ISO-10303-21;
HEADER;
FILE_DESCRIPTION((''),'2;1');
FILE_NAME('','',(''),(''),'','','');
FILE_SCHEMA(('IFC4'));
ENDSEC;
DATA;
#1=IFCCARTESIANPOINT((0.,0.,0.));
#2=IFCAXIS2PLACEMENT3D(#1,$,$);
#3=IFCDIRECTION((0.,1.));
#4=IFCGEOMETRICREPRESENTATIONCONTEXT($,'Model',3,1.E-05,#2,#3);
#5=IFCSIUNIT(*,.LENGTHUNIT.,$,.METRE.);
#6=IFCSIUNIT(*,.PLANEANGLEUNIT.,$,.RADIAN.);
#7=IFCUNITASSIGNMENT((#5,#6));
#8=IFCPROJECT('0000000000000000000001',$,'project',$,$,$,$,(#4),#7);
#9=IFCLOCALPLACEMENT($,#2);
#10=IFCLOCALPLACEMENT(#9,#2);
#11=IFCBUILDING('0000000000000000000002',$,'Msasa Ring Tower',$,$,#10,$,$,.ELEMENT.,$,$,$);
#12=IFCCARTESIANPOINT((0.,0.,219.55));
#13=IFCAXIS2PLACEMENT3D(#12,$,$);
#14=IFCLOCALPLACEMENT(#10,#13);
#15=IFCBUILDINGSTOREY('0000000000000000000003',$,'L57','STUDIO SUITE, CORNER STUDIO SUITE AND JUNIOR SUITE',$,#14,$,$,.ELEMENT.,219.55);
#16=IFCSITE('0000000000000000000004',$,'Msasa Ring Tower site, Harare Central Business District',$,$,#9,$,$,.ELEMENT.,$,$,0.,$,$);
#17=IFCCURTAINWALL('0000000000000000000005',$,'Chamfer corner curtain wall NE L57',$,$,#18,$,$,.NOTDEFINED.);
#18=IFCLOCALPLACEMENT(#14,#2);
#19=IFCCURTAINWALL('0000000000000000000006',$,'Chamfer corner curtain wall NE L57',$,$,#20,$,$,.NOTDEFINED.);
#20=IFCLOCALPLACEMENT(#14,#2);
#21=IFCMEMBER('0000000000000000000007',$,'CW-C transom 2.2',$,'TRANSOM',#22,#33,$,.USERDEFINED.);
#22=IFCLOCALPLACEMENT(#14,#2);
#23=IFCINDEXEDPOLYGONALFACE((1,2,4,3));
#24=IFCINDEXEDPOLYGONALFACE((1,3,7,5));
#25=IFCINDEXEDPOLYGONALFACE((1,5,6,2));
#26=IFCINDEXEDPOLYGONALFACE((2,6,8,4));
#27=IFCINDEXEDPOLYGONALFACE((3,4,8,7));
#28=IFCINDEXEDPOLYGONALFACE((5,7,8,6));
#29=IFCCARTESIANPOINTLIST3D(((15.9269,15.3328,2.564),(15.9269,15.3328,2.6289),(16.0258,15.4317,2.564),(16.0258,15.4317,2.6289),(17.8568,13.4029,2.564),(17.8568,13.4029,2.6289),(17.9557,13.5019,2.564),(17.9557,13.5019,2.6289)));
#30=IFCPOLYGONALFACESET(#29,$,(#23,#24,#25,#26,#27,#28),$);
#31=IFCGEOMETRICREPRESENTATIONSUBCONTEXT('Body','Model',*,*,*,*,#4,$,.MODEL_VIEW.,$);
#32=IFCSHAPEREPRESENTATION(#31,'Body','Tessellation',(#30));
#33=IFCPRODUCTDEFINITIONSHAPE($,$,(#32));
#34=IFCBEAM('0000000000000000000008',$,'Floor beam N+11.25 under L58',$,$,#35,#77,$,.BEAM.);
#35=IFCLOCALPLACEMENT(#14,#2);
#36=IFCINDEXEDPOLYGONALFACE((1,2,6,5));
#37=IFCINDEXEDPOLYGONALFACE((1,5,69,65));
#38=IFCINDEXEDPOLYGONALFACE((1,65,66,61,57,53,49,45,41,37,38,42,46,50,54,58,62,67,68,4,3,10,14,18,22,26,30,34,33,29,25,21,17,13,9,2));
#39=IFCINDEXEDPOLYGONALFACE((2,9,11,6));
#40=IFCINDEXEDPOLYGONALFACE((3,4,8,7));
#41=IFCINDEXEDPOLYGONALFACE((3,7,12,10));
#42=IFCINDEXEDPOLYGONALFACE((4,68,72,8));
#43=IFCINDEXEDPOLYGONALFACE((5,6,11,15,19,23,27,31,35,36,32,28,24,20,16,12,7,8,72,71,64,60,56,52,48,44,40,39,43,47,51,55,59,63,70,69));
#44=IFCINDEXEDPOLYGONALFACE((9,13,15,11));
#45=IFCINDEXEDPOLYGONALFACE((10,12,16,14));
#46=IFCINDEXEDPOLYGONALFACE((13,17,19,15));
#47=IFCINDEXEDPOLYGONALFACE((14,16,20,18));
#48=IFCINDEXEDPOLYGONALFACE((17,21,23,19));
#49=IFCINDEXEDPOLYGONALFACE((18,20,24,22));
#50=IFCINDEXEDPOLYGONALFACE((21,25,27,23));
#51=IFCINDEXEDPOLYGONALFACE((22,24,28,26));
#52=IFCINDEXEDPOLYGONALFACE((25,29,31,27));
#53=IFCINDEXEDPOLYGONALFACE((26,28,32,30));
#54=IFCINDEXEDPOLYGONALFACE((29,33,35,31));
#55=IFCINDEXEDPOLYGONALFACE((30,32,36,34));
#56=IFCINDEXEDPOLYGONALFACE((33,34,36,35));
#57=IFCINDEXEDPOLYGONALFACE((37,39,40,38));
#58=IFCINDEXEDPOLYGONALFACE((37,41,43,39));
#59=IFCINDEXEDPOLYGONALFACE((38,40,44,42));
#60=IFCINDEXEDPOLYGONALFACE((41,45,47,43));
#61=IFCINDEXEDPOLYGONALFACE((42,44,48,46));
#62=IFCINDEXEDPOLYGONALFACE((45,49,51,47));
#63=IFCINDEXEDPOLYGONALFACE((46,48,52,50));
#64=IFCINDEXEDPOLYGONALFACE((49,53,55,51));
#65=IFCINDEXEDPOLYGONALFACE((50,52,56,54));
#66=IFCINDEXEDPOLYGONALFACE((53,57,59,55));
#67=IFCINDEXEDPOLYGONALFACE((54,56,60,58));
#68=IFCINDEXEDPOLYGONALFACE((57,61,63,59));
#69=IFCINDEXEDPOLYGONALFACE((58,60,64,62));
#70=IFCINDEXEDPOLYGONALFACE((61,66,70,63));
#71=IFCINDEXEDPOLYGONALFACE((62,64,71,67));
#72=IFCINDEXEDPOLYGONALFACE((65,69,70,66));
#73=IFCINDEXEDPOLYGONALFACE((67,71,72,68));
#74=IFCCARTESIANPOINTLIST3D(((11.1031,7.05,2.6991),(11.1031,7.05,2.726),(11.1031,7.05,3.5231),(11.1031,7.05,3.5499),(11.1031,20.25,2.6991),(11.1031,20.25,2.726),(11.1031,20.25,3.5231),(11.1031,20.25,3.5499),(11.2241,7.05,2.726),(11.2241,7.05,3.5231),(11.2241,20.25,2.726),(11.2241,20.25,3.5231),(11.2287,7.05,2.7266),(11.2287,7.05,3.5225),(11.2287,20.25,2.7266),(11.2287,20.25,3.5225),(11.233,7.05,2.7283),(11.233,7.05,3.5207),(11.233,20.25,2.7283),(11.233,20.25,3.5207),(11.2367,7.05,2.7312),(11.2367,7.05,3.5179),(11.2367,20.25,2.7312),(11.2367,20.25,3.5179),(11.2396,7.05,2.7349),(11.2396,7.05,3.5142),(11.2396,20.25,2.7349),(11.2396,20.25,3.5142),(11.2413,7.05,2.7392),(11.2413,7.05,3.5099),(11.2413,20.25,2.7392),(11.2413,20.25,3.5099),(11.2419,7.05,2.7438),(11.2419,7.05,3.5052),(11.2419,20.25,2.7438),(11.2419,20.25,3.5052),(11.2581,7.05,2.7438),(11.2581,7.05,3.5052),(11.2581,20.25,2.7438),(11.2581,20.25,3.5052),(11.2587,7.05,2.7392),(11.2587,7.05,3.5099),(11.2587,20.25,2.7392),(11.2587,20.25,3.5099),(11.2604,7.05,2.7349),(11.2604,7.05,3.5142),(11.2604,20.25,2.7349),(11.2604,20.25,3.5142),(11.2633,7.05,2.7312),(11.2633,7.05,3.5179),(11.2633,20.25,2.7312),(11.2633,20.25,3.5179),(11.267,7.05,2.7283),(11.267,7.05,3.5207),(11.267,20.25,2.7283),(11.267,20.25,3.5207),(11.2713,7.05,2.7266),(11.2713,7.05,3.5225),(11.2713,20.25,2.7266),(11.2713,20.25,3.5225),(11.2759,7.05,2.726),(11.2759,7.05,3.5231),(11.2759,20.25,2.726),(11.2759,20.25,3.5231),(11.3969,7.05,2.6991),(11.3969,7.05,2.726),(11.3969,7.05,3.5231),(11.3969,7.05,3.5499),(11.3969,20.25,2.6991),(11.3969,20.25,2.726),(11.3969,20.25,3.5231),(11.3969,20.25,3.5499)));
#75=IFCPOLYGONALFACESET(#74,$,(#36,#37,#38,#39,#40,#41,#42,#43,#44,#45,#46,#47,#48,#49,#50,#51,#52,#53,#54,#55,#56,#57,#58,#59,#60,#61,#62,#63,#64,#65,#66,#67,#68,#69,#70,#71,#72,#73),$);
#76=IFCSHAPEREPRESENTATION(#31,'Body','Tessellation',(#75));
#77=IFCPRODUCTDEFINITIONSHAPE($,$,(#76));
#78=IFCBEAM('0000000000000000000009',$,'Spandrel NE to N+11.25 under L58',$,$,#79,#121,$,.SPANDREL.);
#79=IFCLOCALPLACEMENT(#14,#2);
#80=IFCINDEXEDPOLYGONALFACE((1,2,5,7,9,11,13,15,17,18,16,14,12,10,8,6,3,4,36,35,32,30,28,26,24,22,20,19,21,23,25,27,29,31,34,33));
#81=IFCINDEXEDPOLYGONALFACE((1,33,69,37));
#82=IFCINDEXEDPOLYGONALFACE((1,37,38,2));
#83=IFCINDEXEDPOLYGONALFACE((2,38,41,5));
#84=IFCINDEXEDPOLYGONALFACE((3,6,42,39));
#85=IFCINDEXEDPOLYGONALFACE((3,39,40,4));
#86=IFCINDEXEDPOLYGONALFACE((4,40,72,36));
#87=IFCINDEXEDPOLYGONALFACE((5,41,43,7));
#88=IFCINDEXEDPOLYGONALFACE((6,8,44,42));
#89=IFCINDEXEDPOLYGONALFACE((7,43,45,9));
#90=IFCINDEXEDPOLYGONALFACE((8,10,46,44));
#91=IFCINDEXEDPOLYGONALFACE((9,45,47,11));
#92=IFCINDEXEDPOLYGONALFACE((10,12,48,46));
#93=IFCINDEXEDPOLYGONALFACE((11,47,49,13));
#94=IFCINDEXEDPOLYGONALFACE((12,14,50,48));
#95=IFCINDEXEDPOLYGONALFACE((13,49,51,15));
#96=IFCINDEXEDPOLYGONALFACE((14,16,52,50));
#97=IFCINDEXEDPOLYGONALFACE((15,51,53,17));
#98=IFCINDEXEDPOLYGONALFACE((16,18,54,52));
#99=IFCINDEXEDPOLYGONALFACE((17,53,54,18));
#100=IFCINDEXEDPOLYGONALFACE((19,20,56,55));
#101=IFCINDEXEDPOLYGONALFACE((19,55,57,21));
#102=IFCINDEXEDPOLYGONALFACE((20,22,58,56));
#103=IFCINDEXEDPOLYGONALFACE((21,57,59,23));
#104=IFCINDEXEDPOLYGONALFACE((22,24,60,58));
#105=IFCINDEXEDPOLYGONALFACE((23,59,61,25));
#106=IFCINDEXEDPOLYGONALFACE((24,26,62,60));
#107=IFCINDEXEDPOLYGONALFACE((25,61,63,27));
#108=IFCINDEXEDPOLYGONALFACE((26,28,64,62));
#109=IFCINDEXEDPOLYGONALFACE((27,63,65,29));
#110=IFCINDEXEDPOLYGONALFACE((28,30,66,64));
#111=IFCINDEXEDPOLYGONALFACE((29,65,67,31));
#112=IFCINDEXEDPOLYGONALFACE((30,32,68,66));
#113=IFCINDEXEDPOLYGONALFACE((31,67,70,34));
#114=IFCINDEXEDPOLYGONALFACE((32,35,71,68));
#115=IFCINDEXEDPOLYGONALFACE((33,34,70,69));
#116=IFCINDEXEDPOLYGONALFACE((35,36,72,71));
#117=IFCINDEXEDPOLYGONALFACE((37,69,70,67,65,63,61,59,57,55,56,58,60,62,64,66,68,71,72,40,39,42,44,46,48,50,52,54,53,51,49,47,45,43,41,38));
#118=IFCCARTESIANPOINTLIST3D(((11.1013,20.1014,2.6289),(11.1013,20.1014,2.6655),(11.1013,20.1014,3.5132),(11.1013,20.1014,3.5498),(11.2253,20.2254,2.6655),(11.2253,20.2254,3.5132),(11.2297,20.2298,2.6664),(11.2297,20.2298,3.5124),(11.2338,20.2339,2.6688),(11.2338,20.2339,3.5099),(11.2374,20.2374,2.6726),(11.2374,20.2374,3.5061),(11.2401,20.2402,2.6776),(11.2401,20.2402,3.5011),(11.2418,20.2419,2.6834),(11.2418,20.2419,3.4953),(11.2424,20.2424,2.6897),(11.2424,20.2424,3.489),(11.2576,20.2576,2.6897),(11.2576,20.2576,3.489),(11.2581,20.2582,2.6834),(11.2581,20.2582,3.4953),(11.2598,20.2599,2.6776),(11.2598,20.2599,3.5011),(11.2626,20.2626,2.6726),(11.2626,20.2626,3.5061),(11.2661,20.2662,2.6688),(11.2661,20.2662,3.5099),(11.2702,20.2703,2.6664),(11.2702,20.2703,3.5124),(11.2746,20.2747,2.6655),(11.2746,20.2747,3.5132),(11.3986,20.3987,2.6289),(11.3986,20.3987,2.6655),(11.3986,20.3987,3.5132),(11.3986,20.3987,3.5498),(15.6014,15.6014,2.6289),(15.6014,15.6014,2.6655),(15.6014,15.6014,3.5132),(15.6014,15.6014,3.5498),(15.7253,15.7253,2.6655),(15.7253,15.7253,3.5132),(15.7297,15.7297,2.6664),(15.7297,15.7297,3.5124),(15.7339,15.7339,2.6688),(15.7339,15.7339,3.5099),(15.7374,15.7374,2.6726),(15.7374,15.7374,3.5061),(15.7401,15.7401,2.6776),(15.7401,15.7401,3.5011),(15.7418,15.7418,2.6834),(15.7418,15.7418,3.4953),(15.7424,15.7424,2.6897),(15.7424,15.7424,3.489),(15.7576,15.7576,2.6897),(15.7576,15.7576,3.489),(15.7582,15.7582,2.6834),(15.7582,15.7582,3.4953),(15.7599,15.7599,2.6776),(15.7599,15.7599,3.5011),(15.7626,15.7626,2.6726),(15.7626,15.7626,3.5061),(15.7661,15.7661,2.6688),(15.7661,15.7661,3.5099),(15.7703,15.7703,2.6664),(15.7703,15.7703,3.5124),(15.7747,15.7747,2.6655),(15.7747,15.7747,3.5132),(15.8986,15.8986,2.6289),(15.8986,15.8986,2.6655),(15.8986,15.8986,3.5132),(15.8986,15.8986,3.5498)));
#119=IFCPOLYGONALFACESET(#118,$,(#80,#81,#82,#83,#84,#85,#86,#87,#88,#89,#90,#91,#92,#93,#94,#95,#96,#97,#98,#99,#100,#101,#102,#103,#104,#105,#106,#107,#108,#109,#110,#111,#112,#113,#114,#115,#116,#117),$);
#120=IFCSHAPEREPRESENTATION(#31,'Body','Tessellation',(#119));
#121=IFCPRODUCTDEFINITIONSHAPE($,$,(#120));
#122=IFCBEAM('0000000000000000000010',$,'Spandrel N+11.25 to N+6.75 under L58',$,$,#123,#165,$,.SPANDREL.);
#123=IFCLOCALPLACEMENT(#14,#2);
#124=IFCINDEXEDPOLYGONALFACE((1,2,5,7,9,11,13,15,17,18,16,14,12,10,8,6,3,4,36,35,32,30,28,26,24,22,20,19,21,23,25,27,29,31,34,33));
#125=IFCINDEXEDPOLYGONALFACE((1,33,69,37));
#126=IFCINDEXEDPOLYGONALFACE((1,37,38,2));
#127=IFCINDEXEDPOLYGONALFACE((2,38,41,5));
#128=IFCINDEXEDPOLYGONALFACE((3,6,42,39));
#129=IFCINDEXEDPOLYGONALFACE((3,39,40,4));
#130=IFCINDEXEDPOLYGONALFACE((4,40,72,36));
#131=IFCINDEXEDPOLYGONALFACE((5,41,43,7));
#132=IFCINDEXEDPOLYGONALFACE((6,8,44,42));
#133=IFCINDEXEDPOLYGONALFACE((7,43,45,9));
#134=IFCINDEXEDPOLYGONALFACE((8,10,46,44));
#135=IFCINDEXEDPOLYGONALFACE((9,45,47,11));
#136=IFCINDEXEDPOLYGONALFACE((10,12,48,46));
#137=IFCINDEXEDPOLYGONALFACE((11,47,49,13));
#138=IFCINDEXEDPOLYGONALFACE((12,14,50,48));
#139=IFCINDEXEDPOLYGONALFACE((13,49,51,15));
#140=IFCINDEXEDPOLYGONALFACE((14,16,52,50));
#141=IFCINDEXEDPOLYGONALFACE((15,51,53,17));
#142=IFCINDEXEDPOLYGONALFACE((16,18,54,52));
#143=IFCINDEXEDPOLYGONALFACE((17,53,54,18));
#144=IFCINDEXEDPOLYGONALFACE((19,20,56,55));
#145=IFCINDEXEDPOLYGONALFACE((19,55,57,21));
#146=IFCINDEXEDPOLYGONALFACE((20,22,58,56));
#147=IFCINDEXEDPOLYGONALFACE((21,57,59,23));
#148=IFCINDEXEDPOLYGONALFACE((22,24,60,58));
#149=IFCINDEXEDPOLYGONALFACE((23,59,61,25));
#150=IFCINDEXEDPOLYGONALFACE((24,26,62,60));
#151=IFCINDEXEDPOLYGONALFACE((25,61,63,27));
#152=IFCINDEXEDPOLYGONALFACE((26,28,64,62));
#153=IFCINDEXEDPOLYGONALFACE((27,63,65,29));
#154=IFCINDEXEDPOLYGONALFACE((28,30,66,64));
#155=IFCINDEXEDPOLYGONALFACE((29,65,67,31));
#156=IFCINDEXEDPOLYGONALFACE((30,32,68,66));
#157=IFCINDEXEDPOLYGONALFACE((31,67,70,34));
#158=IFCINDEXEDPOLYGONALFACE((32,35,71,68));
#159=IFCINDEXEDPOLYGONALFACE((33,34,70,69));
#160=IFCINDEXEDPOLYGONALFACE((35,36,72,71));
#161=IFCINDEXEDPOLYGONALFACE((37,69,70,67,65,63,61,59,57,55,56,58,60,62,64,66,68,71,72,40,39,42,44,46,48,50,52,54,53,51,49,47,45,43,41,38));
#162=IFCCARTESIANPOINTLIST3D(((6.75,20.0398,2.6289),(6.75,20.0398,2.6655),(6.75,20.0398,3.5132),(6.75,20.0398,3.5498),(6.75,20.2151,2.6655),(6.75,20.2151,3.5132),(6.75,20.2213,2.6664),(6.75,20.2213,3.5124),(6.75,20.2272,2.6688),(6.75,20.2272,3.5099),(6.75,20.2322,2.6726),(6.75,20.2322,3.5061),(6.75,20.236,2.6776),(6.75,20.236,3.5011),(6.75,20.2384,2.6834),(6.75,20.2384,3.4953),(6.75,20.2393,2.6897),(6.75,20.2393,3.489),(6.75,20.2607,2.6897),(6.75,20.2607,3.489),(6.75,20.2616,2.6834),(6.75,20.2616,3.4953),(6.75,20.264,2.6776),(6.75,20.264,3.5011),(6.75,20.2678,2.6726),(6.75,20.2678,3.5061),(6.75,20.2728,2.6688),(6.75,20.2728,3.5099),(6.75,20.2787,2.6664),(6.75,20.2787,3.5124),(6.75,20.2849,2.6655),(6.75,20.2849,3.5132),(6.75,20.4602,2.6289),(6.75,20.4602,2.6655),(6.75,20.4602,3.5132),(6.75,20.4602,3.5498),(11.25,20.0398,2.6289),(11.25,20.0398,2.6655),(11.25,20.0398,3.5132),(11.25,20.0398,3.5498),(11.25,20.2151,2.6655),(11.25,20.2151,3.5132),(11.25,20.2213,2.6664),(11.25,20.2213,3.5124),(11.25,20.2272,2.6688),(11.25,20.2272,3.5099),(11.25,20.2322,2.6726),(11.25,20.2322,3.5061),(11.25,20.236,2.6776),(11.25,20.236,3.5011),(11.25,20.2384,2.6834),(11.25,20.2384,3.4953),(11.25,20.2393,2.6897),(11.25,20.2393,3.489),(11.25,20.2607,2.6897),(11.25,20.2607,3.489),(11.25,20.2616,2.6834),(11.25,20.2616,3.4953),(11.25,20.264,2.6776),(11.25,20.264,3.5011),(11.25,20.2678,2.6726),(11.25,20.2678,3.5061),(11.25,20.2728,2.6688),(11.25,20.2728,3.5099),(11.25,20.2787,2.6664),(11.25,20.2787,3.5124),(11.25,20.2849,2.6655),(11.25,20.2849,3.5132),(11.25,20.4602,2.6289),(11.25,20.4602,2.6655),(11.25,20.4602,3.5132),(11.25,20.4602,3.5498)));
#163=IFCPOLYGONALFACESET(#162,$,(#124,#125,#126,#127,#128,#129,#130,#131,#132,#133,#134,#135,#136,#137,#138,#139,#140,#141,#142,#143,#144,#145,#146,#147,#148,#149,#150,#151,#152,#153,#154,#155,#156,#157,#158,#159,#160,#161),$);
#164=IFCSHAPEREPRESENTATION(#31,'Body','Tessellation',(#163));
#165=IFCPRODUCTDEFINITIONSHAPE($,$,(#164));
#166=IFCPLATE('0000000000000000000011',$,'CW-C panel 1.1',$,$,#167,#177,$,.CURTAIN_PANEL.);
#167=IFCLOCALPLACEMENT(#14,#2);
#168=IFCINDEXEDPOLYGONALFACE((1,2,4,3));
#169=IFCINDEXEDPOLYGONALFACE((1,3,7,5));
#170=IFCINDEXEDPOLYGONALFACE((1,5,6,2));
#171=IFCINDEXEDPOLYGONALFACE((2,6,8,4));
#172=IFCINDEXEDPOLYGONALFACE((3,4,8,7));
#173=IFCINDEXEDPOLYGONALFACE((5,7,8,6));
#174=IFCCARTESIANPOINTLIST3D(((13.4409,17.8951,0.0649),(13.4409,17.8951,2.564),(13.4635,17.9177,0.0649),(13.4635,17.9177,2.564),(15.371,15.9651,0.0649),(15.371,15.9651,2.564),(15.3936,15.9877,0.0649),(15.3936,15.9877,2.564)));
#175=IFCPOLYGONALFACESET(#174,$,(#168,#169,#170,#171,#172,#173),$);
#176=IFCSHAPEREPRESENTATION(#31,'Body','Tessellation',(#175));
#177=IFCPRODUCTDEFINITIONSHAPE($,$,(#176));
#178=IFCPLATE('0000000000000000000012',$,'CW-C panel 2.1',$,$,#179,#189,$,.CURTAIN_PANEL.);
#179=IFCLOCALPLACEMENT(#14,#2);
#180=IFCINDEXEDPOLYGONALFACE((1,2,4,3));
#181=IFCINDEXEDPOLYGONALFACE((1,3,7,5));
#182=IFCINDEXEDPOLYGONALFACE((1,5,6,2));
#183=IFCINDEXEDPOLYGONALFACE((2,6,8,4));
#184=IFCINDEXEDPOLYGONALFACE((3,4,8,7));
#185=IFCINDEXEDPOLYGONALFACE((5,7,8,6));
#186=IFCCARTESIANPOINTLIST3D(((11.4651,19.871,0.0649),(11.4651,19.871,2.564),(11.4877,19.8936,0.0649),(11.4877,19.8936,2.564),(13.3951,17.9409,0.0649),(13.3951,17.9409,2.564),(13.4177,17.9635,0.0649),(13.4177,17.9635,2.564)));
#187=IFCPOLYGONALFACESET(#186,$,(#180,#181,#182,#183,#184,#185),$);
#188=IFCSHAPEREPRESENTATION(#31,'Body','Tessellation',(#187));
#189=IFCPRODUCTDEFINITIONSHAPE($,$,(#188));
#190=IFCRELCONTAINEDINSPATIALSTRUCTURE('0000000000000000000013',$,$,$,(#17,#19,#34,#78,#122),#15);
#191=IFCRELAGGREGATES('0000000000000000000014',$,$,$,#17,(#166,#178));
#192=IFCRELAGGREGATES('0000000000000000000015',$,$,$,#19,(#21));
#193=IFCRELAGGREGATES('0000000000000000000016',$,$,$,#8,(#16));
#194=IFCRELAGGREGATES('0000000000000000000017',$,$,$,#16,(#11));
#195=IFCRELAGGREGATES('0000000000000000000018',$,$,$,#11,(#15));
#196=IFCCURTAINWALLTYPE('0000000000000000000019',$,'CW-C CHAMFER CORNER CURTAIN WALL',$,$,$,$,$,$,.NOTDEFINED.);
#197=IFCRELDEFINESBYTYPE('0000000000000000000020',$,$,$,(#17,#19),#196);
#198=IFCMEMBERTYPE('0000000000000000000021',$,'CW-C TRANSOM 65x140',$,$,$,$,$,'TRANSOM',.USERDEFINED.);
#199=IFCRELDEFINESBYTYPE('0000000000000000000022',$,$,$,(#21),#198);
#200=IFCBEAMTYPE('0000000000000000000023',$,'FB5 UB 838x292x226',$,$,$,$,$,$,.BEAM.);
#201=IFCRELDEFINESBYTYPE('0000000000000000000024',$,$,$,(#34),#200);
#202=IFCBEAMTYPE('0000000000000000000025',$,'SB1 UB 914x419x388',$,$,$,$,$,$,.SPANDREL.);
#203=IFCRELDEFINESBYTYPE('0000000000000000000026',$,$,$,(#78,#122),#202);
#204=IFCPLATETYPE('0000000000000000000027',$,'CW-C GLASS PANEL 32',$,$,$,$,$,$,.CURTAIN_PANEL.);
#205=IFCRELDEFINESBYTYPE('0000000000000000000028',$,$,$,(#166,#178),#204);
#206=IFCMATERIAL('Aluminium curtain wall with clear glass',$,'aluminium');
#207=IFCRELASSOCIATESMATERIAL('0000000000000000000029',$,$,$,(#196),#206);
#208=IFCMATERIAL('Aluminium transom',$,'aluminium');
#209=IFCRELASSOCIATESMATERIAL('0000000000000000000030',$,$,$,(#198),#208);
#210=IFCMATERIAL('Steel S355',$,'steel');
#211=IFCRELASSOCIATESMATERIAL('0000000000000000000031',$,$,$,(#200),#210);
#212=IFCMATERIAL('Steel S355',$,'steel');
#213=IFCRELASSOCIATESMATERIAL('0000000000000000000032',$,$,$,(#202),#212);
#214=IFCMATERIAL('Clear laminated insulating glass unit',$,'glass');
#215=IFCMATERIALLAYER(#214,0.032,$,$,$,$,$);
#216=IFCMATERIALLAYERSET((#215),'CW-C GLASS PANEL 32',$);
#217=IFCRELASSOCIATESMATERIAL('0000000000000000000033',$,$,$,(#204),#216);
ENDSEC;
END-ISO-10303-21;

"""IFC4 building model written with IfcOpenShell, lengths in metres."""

from ifc_helpers import new_model, si_unit, direction, frame, origin, origin_2d, place, context, subcontext, project, spatial, rectangle, i_section, extrude, material, layer, layer_set, material_profile, profile_set, type_object, element, aggregate, save


model = new_model("IFC4")

# Units and contexts
model_context = context("Model", 3, precision=1e-05, world=origin(), true_north=direction((0.0, 1.0)))
body_context = subcontext(model_context, "Body", "Model", "MODEL_VIEW")
ifc_project = project(units=[si_unit("LENGTHUNIT", "METRE"), si_unit("PLANEANGLEUNIT", "RADIAN")], contexts=[model_context])

# Site, building, storey
site_placement = place(None, origin())
site = spatial("IfcSite", under=ifc_project, at=site_placement, Name="Msasa Ring Tower site, Harare Central Business District", CompositionType="ELEMENT", RefElevation=0.0)
building_placement = place(site_placement, origin())
building = spatial("IfcBuilding", under=site, at=building_placement, Name="Msasa Ring Tower", CompositionType="ELEMENT")
storey_placement = place(building_placement, frame((0.0, 0.0, 219.55)))
storey = spatial("IfcBuildingStorey", under=building, at=storey_placement, Name="L57", Description="STUDIO SUITE, CORNER STUDIO SUITE AND JUNIOR SUITE", CompositionType="ELEMENT", Elevation=219.55)

# Curtain walls
ifc_material_1 = material(Name="Aluminium curtain wall with clear glass", Category="aluminium")
curtain_wall_type = type_object("IfcCurtainWallType", Name="CW-C CHAMFER CORNER CURTAIN WALL", PredefinedType="NOTDEFINED", material=ifc_material_1)
curtain_wall_1_placement = place(storey_placement, origin())
curtain_wall_1 = element("IfcCurtainWall", 1, at=curtain_wall_1_placement, inside=storey, type_object=curtain_wall_type, Name="Chamfer corner curtain wall NE L57", PredefinedType="NOTDEFINED")
curtain_wall_2_placement = place(storey_placement, origin())
curtain_wall_2 = element("IfcCurtainWall", 2, at=curtain_wall_2_placement, inside=storey, type_object=curtain_wall_type, Name="Chamfer corner curtain wall NE L57", PredefinedType="NOTDEFINED")

# Member
ifc_material_2 = material(Name="Aluminium transom", Category="aluminium")
ifc_material_profile_1 = material_profile(ifc_material_2, rectangle(XDim=0.1399, YDim=0.0649, at=origin_2d()), Name="AL 65x140")
ifc_profile_set_1 = profile_set([ifc_material_profile_1], Name="Aluminium transom")
member_type_1 = type_object("IfcMemberType", Name="CW-C TRANSOM 65x140", ElementType="TRANSOM", PredefinedType="USERDEFINED", material=ifc_profile_set_1)
member_1_placement = place(storey_placement, frame((17.9062, 13.4524, 2.5964), z_axis=(-0.707107, 0.707107, 0.0), x_axis=(-0.707107, -0.707107, 0.0)))
member_1 = element("IfcMember", 3, at=member_1_placement, type_object=member_type_1, Name="CW-C transom 2.2", ObjectType="TRANSOM", PredefinedType="USERDEFINED", context=body_context, shape_type="SweptSolid", body=[
    extrude(rectangle(XDim=0.1399, YDim=0.0649, at=origin_2d()), origin(), (0.0, 0.0, 1.0), 2.7292),
])

# Beams
ifc_material_3 = material(Name="Steel S355", Category="steel")
ifc_material_profile_2 = material_profile(ifc_material_3, i_section(OverallWidth=0.2937, OverallDepth=0.8508, WebThickness=0.0161, FlangeThickness=0.0269, FilletRadius=0.0178, at=origin_2d()), Name="UB 838x292x226")
ifc_profile_set_2 = profile_set([ifc_material_profile_2], Name="Steel S355")
beam_type_1 = type_object("IfcBeamType", Name="FB5 UB 838x292x226", PredefinedType="BEAM", material=ifc_profile_set_2)
beam_1_placement = place(storey_placement, frame((11.25, 20.25, 3.1245), z_axis=(0.0, -1.0, 0.0), x_axis=(1.0, 0.0, 0.0)))
element("IfcBeam", 4, at=beam_1_placement, inside=storey, type_object=beam_type_1, Name="Floor beam N+11.25 under L58", PredefinedType="BEAM", context=body_context, shape_type="SweptSolid", body=[
    extrude(i_section(OverallWidth=0.2937, OverallDepth=0.8508, WebThickness=0.0161, FlangeThickness=0.0269, FilletRadius=0.0178, at=origin_2d()), origin(), (0.0, 0.0, 1.0), 13.2),
])
ifc_material_4 = material(Name="Steel S355", Category="steel")
ifc_material_profile_3 = material_profile(ifc_material_4, i_section(OverallWidth=0.4204, OverallDepth=0.9209, WebThickness=0.0215, FlangeThickness=0.0366, FilletRadius=0.0242, at=origin_2d()), Name="UB 914x419x388")
ifc_profile_set_3 = profile_set([ifc_material_profile_3], Name="Steel S355")
beam_type_2 = type_object("IfcBeamType", Name="SB1 UB 914x419x388", PredefinedType="SPANDREL", material=ifc_profile_set_3)
beam_2_placement = place(storey_placement, frame((15.75, 15.75, 3.0894), z_axis=(-0.707107, 0.707107, 0.0), x_axis=(-0.707107, -0.707107, 0.0)))
element("IfcBeam", 5, at=beam_2_placement, inside=storey, type_object=beam_type_2, Name="Spandrel NE to N+11.25 under L58", PredefinedType="SPANDREL", context=body_context, shape_type="SweptSolid", body=[
    extrude(i_section(OverallWidth=0.4204, OverallDepth=0.9209, WebThickness=0.0215, FlangeThickness=0.0366, FilletRadius=0.0242, at=origin_2d()), origin(), (0.0, 0.0, 1.0), 6.364),
])
beam_3_placement = place(storey_placement, frame((11.25, 20.25, 3.0894), z_axis=(-1.0, 0.0, 0.0), x_axis=(0.0, -1.0, 0.0)))
element("IfcBeam", 6, at=beam_3_placement, inside=storey, type_object=beam_type_2, Name="Spandrel N+11.25 to N+6.75 under L58", PredefinedType="SPANDREL", context=body_context, shape_type="SweptSolid", body=[
    extrude(i_section(OverallWidth=0.4204, OverallDepth=0.9209, WebThickness=0.0215, FlangeThickness=0.0366, FilletRadius=0.0242, at=origin_2d()), origin(), (0.0, 0.0, 1.0), 4.5),
])

# Plates
ifc_material_5 = material(Name="Clear laminated insulating glass unit", Category="glass")
ifc_layer_1 = layer(ifc_material_5, 0.032)
ifc_layer_set_1 = layer_set([ifc_layer_1], Name="CW-C GLASS PANEL 32")
plate_type = type_object("IfcPlateType", Name="CW-C GLASS PANEL 32", PredefinedType="CURTAIN_PANEL", material=ifc_layer_set_1)
plate_1_placement = place(storey_placement, frame((14.4172, 16.9414, 0.0649), z_axis=(0.0, 0.0, 1.0), x_axis=(-0.707107, 0.707107, 0.0)))
plate_1 = element("IfcPlate", 7, at=plate_1_placement, type_object=plate_type, Name="CW-C panel 1.1", PredefinedType="CURTAIN_PANEL", context=body_context, shape_type="SweptSolid", body=[
    extrude(rectangle(XDim=2.7295, YDim=0.032, at=origin_2d()), origin(), (0.0, 0.0, 1.0), 2.499),
])
plate_2_placement = place(storey_placement, frame((12.4414, 18.9172, 0.0649), z_axis=(0.0, 0.0, 1.0), x_axis=(-0.707107, 0.707107, 0.0)))
plate_2 = element("IfcPlate", 8, at=plate_2_placement, type_object=plate_type, Name="CW-C panel 2.1", PredefinedType="CURTAIN_PANEL", context=body_context, shape_type="SweptSolid", body=[
    extrude(rectangle(XDim=2.7295, YDim=0.032, at=origin_2d()), origin(), (0.0, 0.0, 1.0), 2.499),
])
aggregate(curtain_wall_1, [plate_1, plate_2])
aggregate(curtain_wall_2, [member_1])

save(model, "model.ifc")
